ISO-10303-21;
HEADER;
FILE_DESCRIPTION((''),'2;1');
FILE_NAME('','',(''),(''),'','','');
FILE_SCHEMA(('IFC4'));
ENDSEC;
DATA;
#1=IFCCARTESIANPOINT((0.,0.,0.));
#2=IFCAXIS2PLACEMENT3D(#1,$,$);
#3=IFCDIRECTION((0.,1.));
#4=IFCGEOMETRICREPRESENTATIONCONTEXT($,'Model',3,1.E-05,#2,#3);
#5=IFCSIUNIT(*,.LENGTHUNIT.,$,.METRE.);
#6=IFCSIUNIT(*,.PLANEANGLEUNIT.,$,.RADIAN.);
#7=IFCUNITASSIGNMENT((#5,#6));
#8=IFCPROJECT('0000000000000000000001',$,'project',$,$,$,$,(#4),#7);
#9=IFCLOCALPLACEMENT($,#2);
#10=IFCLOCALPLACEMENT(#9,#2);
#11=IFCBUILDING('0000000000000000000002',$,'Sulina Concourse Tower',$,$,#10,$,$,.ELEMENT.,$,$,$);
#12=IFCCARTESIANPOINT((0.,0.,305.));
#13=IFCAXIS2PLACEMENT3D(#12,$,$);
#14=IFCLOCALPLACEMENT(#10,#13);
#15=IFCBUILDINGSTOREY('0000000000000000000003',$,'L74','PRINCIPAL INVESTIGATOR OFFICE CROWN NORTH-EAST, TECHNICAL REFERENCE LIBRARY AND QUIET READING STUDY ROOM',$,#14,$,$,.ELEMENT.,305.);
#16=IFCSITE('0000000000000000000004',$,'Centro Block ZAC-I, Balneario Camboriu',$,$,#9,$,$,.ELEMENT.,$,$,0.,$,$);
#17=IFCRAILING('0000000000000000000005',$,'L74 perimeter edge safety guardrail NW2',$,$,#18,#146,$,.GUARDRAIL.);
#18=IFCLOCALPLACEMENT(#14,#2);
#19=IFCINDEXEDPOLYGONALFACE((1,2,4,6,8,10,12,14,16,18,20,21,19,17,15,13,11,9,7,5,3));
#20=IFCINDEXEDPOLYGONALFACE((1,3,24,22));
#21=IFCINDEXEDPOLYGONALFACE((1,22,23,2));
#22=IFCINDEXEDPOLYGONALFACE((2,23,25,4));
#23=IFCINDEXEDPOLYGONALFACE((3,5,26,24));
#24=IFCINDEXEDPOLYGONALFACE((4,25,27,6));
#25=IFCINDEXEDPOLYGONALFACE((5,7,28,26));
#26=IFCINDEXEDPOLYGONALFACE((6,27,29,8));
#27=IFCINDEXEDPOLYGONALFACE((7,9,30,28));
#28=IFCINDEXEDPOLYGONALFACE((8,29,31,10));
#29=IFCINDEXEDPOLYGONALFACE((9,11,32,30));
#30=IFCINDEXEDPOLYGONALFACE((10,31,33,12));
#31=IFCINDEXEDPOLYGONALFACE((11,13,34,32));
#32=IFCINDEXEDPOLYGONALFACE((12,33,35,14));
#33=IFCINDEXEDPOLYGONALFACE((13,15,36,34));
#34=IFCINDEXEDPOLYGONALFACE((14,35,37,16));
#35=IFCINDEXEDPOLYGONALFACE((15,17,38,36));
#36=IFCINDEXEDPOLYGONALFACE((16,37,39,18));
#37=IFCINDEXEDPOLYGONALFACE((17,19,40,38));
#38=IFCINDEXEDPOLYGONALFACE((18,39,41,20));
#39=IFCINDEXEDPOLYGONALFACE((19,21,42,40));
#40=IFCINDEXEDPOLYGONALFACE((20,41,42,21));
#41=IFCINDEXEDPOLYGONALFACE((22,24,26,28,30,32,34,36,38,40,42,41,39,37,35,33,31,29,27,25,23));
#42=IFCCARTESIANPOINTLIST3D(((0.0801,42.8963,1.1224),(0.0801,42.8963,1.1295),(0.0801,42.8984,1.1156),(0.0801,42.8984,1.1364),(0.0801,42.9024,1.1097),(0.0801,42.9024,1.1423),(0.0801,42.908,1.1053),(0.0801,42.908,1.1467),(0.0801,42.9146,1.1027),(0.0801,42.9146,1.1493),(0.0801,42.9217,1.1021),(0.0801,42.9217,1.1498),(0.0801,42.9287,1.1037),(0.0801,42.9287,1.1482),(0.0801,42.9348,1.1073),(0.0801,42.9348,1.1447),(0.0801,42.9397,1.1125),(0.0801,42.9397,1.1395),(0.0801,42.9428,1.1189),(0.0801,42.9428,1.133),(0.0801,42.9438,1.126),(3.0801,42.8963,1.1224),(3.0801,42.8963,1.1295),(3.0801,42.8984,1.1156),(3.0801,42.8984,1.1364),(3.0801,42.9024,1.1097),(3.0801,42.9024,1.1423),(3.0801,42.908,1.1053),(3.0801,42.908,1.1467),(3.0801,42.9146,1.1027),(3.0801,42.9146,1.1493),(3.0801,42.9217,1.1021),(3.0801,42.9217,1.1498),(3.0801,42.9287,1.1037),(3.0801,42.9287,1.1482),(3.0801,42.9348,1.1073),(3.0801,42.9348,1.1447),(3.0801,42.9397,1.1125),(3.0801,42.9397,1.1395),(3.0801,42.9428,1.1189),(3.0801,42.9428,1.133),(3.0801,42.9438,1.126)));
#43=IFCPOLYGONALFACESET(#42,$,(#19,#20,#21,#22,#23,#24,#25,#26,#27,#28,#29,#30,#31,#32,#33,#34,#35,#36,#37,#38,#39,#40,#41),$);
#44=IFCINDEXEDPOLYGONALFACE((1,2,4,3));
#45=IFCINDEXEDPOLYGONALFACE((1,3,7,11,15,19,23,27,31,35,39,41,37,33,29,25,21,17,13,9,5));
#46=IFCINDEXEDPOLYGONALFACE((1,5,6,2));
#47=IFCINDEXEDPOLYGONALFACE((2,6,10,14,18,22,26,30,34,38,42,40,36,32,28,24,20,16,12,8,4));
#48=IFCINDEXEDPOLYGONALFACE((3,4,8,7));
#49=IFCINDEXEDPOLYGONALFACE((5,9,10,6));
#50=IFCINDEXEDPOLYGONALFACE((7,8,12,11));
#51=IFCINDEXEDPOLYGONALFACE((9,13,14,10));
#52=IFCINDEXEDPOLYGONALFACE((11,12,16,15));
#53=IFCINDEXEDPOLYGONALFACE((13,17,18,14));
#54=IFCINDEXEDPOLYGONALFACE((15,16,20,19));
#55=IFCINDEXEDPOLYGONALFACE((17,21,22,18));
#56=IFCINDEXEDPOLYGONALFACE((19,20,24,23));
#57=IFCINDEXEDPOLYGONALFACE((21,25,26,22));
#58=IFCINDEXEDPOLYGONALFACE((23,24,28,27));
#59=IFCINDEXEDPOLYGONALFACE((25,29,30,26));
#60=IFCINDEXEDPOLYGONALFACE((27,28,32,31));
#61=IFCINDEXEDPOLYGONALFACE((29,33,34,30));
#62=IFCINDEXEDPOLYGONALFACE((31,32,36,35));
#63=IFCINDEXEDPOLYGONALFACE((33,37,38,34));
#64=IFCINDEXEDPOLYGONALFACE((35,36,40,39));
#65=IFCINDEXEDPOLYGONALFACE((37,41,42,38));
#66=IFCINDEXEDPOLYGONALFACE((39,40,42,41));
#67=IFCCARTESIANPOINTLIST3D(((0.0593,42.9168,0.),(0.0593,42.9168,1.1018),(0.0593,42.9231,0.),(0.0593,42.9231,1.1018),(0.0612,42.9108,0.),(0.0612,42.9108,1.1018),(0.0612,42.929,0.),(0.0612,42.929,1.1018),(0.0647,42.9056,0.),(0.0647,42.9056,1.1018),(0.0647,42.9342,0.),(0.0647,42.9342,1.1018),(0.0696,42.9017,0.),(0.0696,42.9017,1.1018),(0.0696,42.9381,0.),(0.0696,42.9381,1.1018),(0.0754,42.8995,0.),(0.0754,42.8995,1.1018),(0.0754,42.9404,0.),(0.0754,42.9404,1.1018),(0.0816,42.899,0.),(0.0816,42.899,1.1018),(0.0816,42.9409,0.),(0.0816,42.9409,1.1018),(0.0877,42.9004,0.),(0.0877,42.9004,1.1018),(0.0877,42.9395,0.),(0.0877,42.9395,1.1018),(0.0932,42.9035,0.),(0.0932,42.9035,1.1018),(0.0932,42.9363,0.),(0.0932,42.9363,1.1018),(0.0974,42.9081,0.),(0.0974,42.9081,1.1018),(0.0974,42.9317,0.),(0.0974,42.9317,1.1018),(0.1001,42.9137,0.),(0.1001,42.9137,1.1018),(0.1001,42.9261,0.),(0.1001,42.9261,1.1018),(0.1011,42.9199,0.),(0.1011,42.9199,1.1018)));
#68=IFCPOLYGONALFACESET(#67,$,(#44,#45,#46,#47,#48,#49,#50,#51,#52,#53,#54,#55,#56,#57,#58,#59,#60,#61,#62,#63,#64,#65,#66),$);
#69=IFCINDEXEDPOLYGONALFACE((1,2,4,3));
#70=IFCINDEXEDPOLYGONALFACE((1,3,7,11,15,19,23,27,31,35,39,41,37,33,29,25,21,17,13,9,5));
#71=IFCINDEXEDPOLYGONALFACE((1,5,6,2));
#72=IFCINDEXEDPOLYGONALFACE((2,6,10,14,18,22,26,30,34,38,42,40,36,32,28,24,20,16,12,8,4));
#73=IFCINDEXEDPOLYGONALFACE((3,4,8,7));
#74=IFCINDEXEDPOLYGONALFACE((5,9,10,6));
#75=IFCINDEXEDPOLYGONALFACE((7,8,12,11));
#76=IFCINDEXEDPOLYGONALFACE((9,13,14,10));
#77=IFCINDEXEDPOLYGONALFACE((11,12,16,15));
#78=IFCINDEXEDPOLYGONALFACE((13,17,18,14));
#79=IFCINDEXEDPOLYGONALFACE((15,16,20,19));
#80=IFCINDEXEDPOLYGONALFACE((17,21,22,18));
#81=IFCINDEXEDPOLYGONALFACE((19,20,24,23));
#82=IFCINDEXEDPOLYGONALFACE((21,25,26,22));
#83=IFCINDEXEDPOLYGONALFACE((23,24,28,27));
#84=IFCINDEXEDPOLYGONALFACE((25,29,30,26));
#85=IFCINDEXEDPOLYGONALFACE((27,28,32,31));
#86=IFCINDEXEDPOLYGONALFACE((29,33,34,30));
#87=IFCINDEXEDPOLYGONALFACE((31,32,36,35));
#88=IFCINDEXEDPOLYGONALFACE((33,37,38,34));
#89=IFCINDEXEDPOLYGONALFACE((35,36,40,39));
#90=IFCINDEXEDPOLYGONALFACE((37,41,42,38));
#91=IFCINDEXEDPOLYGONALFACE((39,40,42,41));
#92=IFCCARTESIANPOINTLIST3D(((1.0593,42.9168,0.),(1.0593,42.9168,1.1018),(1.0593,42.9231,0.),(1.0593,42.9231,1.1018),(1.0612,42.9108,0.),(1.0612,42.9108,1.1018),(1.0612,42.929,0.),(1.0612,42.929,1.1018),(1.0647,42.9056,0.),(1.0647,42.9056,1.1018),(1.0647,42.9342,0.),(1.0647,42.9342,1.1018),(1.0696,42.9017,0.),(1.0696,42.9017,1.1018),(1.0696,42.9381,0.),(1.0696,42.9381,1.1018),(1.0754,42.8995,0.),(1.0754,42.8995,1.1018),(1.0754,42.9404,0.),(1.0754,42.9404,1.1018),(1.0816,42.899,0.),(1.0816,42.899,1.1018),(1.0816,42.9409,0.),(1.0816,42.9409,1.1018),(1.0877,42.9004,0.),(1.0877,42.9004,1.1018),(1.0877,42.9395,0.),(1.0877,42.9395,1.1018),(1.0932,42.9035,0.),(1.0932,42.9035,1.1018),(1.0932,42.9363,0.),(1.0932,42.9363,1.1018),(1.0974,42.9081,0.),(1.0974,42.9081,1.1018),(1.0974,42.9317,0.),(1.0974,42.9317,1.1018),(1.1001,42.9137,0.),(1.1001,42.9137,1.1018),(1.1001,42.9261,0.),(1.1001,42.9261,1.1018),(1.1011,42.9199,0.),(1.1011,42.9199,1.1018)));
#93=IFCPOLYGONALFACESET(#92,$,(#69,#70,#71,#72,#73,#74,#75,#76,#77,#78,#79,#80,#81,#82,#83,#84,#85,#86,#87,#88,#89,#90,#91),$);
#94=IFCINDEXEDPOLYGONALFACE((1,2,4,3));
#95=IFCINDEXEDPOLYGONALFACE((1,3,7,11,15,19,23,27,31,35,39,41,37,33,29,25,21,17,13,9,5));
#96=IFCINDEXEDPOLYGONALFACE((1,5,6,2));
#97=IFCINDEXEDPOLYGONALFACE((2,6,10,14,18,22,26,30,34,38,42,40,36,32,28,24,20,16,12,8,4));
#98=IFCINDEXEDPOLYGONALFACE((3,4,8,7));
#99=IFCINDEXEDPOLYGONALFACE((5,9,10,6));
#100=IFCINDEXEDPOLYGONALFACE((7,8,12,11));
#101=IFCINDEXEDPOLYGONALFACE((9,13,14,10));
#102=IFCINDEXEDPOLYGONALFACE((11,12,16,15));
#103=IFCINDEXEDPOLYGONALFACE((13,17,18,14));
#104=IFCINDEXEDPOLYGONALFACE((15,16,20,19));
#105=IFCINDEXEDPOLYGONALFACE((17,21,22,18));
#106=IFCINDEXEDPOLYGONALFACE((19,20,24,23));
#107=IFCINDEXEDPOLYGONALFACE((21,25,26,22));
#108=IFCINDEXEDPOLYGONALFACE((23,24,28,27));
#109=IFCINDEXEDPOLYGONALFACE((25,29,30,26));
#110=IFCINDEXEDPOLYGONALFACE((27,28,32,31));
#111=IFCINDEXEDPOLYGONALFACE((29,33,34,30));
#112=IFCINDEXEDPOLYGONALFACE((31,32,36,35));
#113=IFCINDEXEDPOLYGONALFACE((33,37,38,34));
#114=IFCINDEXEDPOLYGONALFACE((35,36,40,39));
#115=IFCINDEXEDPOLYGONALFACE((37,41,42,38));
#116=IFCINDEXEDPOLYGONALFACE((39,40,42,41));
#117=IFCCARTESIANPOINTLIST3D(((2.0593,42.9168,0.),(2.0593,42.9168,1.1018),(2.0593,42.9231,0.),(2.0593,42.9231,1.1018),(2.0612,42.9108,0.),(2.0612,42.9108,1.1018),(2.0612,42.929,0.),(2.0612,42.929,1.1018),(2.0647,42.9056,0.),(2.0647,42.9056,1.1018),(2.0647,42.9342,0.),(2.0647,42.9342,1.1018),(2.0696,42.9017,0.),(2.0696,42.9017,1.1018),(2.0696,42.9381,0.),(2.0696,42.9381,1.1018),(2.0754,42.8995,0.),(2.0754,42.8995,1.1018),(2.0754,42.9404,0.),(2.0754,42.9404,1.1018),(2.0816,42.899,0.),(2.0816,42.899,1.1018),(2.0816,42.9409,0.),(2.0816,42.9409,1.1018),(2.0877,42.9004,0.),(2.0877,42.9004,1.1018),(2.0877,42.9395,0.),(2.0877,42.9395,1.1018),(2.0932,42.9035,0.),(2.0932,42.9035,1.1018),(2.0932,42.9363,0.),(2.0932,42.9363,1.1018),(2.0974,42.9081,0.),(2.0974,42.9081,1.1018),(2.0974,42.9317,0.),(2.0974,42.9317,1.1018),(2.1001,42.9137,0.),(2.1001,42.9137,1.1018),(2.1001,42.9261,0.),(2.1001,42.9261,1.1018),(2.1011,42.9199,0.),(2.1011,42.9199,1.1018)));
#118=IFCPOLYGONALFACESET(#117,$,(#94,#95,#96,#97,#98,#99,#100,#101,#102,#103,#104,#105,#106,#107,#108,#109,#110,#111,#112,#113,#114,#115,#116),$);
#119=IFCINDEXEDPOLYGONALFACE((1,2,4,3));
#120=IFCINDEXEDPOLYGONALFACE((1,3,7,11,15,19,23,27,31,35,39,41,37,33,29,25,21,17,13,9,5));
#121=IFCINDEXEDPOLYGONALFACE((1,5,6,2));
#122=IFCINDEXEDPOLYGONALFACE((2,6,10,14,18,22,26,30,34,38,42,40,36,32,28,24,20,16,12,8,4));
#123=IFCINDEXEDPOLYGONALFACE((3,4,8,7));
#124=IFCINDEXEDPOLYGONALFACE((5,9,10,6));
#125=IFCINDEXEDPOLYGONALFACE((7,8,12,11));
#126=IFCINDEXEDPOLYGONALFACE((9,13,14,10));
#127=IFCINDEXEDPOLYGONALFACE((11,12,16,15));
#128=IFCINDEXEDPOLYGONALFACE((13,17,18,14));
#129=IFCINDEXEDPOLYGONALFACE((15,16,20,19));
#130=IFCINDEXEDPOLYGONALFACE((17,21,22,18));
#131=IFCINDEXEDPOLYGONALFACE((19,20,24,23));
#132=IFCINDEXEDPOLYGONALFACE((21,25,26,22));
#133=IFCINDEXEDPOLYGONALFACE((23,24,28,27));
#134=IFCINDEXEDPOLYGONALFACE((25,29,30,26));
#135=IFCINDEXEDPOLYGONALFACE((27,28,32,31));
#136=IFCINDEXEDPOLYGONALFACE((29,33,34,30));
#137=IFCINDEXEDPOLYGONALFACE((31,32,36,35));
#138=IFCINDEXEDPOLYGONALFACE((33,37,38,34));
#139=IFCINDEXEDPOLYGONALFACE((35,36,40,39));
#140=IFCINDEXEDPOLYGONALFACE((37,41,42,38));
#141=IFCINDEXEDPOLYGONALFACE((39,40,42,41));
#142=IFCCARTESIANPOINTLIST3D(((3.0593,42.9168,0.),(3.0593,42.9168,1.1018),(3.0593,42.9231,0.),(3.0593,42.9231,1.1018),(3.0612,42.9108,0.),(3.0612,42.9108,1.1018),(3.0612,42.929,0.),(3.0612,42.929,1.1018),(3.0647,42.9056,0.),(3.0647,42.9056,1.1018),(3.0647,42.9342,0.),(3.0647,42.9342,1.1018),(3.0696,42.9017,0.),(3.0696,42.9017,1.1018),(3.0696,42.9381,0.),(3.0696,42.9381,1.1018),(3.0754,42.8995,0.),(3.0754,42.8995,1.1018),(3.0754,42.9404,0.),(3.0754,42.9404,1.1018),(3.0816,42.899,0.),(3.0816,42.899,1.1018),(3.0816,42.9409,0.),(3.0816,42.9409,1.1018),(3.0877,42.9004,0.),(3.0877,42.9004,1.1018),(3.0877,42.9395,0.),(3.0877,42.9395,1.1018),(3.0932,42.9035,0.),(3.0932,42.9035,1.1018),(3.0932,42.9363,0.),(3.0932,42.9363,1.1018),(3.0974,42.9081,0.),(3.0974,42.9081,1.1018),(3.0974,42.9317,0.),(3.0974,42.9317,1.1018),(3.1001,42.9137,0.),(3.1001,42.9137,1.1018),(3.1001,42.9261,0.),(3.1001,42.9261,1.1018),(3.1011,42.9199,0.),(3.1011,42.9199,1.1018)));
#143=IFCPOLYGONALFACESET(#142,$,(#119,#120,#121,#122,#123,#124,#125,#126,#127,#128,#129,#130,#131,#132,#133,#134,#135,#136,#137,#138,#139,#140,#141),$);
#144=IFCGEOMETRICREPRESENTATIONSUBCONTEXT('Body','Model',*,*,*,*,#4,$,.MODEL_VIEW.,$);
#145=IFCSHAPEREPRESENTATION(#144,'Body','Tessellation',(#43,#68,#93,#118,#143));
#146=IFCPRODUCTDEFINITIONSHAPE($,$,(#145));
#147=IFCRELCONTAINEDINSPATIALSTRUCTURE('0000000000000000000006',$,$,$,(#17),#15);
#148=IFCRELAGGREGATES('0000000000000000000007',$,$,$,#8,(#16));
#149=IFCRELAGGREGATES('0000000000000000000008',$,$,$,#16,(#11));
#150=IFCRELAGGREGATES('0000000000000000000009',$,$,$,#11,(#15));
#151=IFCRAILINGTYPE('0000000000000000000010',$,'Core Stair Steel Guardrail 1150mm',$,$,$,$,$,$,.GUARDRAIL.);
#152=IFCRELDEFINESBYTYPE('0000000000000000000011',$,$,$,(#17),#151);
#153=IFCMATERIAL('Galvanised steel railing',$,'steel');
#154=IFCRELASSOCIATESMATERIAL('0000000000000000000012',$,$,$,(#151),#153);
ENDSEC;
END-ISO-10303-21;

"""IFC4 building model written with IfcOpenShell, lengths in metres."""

from ifc_helpers import new_model, si_unit, direction, frame, origin, origin_2d, place, context, subcontext, project, spatial, circle, extrude, material, type_object, element, save


model = new_model("IFC4")

# Units and contexts
model_context = context("Model", 3, precision=1e-05, world=origin(), true_north=direction((0.0, 1.0)))
body_context = subcontext(model_context, "Body", "Model", "MODEL_VIEW")
ifc_project = project(units=[si_unit("LENGTHUNIT", "METRE"), si_unit("PLANEANGLEUNIT", "RADIAN")], contexts=[model_context])

# Site, building, storey
site_placement = place(None, origin())
site = spatial("IfcSite", under=ifc_project, at=site_placement, Name="Centro Block ZAC-I, Balneario Camboriu", CompositionType="ELEMENT", RefElevation=0.0)
building_placement = place(site_placement, origin())
building = spatial("IfcBuilding", under=site, at=building_placement, Name="Sulina Concourse Tower", CompositionType="ELEMENT")
storey_placement = place(building_placement, frame((0.0, 0.0, 305.0)))
storey = spatial("IfcBuildingStorey", under=building, at=storey_placement, Name="L74", Description="PRINCIPAL INVESTIGATOR OFFICE CROWN NORTH-EAST, TECHNICAL REFERENCE LIBRARY AND QUIET READING STUDY ROOM", CompositionType="ELEMENT", Elevation=305.0)

# Railing
ifc_material_1 = material(Name="Galvanised steel railing", Category="steel")
railing_type_1 = type_object("IfcRailingType", Name="Core Stair Steel Guardrail 1150mm", PredefinedType="GUARDRAIL", material=ifc_material_1)
railing_1_placement = place(storey_placement, frame((0.0801, 42.9199, 0.0)))
element("IfcRailing", 1, at=railing_1_placement, inside=storey, type_object=railing_type_1, Name="L74 perimeter edge safety guardrail NW2", PredefinedType="GUARDRAIL", context=body_context, shape_type="SweptSolid", body=[
    extrude(circle(Radius=0.0239, at=origin_2d()), frame((0.0, 0.0, 1.126), z_axis=(1.0, 0.0, 0.0), x_axis=(0.0, 1.0, 0.0)), (0.0, 0.0, 1.0), 3.0),
    extrude(circle(Radius=0.021, at=origin_2d()), origin(), (0.0, 0.0, 1.0), 1.1018),
    extrude(circle(Radius=0.021, at=origin_2d()), frame((1.0, 0.0, 0.0)), (0.0, 0.0, 1.0), 1.1018),
    extrude(circle(Radius=0.021, at=origin_2d()), frame((2.0, 0.0, 0.0)), (0.0, 0.0, 1.0), 1.1018),
    extrude(circle(Radius=0.021, at=origin_2d()), frame((3.0, 0.0, 0.0)), (0.0, 0.0, 1.0), 1.1018),
])

save(model, "model.ifc")
